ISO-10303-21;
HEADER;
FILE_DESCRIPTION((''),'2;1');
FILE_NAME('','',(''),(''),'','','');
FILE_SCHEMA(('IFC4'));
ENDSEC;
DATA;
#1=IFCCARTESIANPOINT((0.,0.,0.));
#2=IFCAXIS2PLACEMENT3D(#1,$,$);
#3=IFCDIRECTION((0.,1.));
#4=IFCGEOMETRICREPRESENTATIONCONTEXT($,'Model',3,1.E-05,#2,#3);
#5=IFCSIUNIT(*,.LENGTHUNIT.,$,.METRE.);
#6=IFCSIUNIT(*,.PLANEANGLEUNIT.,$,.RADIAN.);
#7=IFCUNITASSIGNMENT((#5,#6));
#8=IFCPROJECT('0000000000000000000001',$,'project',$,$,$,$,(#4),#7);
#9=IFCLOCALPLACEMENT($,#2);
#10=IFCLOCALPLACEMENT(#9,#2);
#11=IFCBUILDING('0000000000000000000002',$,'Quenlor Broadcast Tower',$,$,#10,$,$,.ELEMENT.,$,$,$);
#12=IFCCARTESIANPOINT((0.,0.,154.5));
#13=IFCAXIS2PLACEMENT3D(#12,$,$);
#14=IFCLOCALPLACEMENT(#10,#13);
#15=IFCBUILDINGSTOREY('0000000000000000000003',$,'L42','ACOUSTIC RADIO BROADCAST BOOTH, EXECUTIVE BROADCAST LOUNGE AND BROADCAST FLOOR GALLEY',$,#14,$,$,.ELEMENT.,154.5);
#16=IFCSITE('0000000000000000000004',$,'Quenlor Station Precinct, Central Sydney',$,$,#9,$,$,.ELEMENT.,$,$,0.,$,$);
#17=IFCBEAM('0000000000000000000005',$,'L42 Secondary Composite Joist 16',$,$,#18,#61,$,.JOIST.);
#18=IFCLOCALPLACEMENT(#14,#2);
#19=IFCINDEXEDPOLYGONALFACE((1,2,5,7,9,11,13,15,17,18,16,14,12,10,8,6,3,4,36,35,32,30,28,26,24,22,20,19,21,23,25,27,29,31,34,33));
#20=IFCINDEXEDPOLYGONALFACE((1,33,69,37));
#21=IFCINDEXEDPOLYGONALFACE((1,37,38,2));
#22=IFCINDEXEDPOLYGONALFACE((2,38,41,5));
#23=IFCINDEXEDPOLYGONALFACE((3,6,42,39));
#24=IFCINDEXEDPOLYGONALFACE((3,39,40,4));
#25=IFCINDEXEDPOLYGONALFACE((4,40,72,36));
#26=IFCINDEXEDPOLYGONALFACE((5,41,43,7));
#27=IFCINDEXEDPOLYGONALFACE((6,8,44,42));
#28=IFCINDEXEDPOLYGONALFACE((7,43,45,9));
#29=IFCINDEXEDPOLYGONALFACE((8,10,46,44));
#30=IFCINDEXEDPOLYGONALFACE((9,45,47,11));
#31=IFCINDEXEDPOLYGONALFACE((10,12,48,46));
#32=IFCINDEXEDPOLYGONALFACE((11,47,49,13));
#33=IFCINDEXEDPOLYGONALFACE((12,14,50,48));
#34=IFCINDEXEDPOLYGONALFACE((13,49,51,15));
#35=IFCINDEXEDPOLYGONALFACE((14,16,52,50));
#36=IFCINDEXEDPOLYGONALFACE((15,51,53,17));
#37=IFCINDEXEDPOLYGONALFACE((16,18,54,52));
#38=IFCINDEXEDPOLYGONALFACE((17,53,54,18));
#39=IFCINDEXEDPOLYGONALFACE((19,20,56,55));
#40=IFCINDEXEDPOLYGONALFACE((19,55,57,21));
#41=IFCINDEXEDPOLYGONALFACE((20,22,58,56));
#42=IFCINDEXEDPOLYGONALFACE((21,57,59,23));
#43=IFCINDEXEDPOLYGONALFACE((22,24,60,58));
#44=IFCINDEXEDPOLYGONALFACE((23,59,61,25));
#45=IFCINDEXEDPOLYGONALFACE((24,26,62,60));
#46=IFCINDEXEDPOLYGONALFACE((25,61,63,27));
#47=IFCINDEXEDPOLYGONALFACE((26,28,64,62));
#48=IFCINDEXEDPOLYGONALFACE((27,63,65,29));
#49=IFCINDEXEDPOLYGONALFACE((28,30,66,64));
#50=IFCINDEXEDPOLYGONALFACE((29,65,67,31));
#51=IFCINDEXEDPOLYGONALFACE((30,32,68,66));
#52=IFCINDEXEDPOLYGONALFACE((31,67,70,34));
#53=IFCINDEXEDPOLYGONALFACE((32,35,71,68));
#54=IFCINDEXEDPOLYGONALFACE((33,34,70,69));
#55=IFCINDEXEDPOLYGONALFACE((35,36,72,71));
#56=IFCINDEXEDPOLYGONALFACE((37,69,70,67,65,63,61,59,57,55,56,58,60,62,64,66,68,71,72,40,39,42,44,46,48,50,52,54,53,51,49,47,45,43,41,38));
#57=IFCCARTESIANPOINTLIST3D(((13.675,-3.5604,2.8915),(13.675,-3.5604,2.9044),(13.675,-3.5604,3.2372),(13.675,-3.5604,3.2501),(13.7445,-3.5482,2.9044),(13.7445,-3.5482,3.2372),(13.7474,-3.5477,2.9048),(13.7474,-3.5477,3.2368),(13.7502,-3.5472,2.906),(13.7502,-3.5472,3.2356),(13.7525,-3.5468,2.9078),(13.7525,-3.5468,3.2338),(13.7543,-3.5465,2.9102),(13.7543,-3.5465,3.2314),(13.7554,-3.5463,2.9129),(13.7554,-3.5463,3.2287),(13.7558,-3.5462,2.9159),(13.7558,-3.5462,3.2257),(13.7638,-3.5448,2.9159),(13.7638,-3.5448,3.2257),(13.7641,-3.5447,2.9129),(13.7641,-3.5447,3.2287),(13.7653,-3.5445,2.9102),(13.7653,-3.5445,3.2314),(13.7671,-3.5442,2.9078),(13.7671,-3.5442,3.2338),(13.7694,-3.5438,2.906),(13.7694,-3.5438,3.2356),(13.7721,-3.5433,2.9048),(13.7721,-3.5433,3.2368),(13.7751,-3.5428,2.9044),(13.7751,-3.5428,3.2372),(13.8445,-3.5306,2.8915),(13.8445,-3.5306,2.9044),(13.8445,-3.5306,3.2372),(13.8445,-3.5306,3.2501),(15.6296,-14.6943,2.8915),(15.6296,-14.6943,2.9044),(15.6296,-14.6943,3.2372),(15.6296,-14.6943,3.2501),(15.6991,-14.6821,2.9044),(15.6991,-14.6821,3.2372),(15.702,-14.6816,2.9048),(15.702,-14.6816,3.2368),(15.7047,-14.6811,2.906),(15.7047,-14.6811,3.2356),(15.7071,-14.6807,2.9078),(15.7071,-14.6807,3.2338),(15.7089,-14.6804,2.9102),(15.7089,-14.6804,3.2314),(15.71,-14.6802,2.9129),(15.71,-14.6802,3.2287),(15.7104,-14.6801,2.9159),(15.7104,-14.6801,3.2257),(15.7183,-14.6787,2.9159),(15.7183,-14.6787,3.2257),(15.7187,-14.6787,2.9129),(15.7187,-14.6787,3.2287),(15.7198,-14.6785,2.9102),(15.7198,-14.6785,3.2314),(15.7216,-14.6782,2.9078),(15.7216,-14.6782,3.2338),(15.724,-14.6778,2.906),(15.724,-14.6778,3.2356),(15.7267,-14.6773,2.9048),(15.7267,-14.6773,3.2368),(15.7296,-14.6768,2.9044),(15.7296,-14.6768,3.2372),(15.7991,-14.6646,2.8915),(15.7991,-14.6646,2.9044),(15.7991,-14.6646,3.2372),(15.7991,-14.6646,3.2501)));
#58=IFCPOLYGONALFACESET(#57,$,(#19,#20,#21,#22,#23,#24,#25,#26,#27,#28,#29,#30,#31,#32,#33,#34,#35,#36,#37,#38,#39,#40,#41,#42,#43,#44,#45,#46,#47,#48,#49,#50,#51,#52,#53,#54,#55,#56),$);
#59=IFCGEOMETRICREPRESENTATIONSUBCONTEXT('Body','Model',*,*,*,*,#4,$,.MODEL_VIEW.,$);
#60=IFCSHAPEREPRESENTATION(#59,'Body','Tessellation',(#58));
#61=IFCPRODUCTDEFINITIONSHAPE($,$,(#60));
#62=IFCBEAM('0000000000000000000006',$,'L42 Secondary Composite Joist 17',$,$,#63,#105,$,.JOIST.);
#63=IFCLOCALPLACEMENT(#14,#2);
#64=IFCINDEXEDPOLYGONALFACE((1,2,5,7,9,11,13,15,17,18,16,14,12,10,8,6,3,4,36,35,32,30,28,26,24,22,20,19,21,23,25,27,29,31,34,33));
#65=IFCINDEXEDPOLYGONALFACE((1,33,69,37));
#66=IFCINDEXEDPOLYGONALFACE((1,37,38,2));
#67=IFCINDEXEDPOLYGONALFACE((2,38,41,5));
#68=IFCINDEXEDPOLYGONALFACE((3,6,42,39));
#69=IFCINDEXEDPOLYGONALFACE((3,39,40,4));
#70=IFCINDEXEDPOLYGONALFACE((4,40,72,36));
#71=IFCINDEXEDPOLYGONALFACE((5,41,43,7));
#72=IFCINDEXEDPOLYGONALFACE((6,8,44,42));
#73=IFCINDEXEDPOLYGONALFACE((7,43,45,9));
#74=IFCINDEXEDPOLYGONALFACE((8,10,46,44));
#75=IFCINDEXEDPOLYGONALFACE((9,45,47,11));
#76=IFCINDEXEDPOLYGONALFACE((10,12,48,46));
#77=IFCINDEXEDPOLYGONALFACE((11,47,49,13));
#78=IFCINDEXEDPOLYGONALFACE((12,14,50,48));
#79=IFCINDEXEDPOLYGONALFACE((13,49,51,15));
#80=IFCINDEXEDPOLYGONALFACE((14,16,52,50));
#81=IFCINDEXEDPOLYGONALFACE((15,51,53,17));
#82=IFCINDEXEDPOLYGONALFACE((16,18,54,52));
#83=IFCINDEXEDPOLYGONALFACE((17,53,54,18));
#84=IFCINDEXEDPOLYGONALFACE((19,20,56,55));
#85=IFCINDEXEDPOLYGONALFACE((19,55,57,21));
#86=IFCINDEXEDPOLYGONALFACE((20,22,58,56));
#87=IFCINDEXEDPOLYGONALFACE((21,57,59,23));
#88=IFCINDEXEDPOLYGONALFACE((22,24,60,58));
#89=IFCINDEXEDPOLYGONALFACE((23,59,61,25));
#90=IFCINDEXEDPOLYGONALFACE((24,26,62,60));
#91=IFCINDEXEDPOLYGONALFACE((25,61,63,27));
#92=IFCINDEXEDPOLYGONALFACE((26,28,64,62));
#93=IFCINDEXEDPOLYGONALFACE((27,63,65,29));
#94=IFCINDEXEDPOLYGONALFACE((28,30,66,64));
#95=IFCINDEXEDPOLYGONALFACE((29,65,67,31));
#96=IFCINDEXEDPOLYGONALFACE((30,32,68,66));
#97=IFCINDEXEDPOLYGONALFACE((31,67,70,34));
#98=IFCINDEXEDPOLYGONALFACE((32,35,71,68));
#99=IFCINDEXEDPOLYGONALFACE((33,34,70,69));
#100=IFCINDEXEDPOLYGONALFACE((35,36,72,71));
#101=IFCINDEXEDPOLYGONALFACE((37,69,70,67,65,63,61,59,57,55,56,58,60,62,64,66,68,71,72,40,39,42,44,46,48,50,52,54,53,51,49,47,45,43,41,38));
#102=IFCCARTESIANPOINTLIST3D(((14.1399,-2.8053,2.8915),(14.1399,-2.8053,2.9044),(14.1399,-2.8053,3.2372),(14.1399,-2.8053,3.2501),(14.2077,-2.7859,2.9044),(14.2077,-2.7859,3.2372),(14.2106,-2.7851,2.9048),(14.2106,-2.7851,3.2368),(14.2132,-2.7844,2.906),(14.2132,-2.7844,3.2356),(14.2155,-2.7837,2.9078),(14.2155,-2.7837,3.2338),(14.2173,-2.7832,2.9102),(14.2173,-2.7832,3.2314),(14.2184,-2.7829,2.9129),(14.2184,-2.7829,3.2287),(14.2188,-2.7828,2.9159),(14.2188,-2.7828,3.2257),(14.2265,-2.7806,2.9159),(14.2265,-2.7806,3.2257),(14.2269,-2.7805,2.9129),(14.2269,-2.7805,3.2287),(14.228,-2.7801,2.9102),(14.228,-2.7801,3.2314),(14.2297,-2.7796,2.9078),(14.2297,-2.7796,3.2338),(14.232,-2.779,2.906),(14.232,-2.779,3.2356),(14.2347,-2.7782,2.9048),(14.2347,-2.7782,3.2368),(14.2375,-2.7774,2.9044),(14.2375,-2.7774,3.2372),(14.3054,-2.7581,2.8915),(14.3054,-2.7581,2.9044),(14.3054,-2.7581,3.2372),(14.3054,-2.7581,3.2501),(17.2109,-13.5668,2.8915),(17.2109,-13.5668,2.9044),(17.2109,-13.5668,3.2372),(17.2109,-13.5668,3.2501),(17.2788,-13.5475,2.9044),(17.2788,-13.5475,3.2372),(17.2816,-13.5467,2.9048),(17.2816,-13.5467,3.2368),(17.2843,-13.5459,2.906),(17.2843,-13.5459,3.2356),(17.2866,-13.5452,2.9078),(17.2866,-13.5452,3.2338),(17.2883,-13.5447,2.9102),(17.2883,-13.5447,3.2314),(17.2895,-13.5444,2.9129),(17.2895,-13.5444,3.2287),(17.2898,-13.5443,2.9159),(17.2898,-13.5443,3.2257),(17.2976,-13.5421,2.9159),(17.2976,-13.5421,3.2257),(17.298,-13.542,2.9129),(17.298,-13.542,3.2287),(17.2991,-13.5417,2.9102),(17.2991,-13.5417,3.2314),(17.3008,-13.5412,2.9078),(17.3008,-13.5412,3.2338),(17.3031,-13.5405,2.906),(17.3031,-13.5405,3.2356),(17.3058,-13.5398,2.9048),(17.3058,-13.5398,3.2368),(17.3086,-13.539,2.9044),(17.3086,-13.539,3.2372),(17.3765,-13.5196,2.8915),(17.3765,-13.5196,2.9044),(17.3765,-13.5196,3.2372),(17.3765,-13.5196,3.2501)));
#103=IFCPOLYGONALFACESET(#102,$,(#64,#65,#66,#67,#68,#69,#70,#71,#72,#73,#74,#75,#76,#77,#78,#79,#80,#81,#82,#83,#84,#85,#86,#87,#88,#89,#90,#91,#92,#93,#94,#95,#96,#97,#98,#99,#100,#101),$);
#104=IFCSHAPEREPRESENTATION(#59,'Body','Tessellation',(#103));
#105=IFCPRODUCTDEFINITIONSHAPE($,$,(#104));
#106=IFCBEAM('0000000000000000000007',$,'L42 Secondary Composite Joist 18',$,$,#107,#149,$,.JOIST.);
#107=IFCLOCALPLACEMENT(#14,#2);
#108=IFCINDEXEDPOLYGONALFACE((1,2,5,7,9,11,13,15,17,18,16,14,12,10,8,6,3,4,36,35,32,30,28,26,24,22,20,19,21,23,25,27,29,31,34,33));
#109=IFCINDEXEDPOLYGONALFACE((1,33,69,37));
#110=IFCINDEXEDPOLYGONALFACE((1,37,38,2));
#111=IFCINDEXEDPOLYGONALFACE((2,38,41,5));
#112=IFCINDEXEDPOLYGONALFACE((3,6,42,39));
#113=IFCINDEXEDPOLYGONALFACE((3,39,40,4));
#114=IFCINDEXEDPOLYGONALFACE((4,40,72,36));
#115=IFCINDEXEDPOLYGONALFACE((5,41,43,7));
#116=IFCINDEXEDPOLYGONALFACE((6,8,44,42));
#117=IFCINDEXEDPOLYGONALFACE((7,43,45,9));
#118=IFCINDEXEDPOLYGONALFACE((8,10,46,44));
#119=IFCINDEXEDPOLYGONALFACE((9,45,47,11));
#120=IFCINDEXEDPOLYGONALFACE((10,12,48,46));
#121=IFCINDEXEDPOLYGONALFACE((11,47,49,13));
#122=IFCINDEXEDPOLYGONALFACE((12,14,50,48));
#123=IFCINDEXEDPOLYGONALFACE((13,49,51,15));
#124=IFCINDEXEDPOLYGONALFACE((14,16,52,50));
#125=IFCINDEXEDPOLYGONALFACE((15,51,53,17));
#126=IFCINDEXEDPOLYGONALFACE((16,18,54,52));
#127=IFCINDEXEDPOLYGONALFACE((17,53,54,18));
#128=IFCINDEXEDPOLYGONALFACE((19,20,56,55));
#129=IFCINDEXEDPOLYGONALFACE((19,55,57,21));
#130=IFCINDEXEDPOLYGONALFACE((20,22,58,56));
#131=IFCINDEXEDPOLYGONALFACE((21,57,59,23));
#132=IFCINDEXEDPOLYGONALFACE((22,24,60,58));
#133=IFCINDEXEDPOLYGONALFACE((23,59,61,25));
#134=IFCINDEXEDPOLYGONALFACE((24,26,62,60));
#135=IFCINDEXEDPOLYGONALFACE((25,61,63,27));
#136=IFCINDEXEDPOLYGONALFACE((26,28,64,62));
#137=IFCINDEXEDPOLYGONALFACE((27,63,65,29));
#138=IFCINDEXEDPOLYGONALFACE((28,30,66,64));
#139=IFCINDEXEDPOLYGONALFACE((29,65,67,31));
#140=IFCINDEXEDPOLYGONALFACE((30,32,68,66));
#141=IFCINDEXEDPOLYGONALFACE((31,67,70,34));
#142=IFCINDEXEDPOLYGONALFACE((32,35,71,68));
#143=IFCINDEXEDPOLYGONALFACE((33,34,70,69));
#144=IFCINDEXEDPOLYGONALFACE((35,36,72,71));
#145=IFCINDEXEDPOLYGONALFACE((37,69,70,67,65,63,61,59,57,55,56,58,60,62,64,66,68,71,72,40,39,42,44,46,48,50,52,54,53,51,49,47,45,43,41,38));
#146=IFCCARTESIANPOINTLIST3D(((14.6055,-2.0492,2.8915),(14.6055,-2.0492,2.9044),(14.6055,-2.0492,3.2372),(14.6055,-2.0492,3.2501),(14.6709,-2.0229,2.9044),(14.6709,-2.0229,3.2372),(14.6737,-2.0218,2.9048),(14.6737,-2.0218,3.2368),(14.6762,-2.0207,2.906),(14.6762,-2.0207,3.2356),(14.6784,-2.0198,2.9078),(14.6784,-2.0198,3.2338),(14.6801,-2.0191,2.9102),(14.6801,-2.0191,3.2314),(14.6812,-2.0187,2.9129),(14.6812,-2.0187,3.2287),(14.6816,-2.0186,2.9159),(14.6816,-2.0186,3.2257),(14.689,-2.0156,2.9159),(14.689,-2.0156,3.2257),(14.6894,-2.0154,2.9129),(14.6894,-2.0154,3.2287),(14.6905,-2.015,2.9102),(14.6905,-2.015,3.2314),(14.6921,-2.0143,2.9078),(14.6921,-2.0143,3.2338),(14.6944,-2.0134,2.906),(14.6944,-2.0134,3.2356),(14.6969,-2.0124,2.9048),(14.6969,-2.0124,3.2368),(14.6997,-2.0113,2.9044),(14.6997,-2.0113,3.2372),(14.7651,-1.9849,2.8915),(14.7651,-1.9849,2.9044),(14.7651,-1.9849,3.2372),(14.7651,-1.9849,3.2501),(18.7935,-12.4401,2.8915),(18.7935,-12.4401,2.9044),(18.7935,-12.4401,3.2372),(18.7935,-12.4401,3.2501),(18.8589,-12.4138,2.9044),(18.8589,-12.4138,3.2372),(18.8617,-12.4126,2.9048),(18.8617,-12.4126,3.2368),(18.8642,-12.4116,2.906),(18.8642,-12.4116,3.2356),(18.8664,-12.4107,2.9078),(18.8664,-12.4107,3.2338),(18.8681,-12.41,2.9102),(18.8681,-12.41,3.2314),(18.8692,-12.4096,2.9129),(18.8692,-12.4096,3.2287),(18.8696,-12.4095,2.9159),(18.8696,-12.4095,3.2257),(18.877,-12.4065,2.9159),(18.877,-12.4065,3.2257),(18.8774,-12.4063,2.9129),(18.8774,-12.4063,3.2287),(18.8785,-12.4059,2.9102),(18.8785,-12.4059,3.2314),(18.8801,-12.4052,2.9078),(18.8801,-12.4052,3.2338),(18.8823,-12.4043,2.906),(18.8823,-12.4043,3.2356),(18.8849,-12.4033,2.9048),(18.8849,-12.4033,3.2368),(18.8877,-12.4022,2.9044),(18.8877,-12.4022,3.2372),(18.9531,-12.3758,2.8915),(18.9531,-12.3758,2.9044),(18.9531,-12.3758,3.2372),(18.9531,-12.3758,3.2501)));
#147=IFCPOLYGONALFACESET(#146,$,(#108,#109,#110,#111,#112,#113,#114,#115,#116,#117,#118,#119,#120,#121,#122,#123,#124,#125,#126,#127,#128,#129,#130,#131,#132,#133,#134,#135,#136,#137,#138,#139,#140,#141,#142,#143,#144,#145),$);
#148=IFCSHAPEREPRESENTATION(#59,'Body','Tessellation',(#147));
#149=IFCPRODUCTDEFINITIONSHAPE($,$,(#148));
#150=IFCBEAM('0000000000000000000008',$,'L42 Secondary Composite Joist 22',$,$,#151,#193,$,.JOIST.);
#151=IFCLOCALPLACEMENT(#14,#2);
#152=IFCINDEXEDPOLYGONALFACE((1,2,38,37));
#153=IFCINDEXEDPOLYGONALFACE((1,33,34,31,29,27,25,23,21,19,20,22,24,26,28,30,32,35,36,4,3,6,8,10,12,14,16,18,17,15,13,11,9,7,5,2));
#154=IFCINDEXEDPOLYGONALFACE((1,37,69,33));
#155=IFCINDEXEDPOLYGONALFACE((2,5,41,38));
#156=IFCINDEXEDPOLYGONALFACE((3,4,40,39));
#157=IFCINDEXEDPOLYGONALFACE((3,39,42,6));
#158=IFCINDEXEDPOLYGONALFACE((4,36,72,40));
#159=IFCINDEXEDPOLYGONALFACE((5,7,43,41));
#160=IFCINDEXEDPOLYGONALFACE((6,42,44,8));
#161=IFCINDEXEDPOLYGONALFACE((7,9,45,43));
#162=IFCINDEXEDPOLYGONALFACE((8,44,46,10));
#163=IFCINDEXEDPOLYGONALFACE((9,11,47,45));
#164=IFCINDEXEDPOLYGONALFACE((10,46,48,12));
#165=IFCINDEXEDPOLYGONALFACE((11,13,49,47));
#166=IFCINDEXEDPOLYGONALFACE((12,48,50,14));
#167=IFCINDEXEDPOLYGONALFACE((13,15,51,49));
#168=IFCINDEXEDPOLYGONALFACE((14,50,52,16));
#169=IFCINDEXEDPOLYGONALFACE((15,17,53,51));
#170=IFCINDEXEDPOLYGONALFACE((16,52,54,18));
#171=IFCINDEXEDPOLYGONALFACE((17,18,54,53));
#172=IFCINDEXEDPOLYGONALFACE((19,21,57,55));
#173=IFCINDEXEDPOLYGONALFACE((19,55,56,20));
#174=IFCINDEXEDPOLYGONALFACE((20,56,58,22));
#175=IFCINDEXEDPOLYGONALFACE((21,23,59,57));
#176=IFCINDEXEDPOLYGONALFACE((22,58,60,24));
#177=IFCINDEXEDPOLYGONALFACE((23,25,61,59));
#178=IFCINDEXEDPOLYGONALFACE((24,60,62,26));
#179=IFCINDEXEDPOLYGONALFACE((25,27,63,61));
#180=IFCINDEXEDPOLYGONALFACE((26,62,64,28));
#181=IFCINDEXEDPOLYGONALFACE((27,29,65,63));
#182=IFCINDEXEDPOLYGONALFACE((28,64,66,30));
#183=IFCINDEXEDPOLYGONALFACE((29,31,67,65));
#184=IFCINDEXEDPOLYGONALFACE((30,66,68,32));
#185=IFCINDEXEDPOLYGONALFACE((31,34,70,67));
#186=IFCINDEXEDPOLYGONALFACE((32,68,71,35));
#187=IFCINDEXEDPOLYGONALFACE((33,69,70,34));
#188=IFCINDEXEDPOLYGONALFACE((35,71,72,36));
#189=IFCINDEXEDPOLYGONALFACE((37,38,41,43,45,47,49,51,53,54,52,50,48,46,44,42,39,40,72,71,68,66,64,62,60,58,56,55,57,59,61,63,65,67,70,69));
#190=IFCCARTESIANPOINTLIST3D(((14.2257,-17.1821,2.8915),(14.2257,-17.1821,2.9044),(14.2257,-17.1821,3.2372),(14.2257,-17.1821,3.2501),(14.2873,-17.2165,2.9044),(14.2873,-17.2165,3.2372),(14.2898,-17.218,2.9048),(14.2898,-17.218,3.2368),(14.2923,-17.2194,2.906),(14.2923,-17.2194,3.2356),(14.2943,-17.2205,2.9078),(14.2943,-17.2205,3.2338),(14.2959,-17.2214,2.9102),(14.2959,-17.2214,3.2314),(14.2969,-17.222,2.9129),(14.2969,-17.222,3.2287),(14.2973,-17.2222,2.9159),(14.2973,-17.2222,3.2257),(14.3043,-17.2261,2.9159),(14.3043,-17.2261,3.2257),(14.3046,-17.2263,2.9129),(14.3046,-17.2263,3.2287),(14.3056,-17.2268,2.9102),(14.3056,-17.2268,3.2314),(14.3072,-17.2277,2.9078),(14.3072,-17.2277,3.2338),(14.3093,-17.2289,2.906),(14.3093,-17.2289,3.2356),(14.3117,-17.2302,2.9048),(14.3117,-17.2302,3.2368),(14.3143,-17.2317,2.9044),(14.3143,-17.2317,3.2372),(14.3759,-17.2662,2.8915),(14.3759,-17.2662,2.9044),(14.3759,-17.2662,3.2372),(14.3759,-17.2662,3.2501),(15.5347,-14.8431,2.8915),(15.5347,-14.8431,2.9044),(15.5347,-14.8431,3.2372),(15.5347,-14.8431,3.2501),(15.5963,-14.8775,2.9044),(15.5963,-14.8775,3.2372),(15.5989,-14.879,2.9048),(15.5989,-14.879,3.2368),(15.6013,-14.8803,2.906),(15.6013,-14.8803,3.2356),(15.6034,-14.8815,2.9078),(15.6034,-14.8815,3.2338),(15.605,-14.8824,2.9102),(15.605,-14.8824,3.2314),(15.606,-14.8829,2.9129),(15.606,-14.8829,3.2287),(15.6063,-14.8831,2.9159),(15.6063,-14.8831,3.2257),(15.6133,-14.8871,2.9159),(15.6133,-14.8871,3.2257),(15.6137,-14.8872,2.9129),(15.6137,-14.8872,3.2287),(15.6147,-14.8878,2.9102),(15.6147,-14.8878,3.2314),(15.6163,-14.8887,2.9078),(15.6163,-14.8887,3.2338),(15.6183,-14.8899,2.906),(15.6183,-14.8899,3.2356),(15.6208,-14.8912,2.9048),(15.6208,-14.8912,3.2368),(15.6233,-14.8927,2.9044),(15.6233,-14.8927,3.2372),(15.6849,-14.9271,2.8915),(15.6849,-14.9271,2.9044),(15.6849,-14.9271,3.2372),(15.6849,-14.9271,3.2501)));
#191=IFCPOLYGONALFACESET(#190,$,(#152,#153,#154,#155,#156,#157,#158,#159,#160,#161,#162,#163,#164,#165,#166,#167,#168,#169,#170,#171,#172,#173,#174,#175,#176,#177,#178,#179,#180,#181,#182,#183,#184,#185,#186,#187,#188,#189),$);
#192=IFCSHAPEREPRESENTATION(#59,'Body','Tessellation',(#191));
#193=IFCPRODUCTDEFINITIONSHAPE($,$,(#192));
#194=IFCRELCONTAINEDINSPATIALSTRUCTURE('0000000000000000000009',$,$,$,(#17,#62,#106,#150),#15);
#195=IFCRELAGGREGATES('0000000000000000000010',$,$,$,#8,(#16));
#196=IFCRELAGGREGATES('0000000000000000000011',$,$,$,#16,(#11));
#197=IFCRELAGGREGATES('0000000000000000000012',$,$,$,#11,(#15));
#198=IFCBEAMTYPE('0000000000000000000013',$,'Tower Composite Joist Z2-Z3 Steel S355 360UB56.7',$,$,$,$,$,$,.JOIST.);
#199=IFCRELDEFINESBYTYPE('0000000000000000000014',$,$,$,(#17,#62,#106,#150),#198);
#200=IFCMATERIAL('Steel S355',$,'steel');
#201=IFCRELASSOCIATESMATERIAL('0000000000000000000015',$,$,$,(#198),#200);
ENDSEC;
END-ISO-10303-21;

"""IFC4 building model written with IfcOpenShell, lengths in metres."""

from ifc_helpers import new_model, si_unit, direction, frame, origin, origin_2d, place, context, subcontext, project, spatial, i_section, extrude, material, material_profile, profile_set, type_object, element, save


model = new_model("IFC4")

# Units and contexts
model_context = context("Model", 3, precision=1e-05, world=origin(), true_north=direction((0.0, 1.0)))
body_context = subcontext(model_context, "Body", "Model", "MODEL_VIEW")
ifc_project = project(units=[si_unit("LENGTHUNIT", "METRE"), si_unit("PLANEANGLEUNIT", "RADIAN")], contexts=[model_context])

# Site, building, storey
site_placement = place(None, origin())
site = spatial("IfcSite", under=ifc_project, at=site_placement, Name="Quenlor Station Precinct, Central Sydney", CompositionType="ELEMENT", RefElevation=0.0)
building_placement = place(site_placement, origin())
building = spatial("IfcBuilding", under=site, at=building_placement, Name="Quenlor Broadcast Tower", CompositionType="ELEMENT")
storey_placement = place(building_placement, frame((0.0, 0.0, 154.5)))
storey = spatial("IfcBuildingStorey", under=building, at=storey_placement, Name="L42", Description="ACOUSTIC RADIO BROADCAST BOOTH, EXECUTIVE BROADCAST LOUNGE AND BROADCAST FLOOR GALLEY", CompositionType="ELEMENT", Elevation=154.5)

# Beams
ifc_material_1 = material(Name="Steel S355", Category="steel")
ifc_material_profile_1 = material_profile(ifc_material_1, i_section(OverallWidth=0.1721, OverallDepth=0.3586, WebThickness=0.0081, FlangeThickness=0.0129, FilletRadius=0.0115, at=origin_2d()))
ifc_profile_set_1 = profile_set([ifc_material_profile_1], Name="Steel S355 360UB56.7")
beam_type_1 = type_object("IfcBeamType", Name="Tower Composite Joist Z2-Z3 Steel S355 360UB56.7", PredefinedType="JOIST", material=ifc_profile_set_1)
beam_1_placement = place(storey_placement, frame((15.7144, -14.6794, 3.0708), z_axis=(-0.172907, 0.984938, 0.0), x_axis=(-0.984938, -0.172907, 0.0)))
element("IfcBeam", 1, at=beam_1_placement, inside=storey, type_object=beam_type_1, Name="L42 Secondary Composite Joist 16", PredefinedType="JOIST", context=body_context, shape_type="SweptSolid", body=[
    extrude(i_section(OverallWidth=0.1721, OverallDepth=0.3586, WebThickness=0.0081, FlangeThickness=0.0129, FilletRadius=0.0115, at=origin_2d()), origin(), (0.0, 0.0, 1.0), 11.3042),
])
beam_2_placement = place(storey_placement, frame((17.2937, -13.5432, 3.0708), z_axis=(-0.274419, 0.96161, 0.0), x_axis=(-0.96161, -0.274419, 0.0)))
element("IfcBeam", 2, at=beam_2_placement, inside=storey, type_object=beam_type_1, Name="L42 Secondary Composite Joist 17", PredefinedType="JOIST", context=body_context, shape_type="SweptSolid", body=[
    extrude(i_section(OverallWidth=0.1721, OverallDepth=0.3586, WebThickness=0.0081, FlangeThickness=0.0129, FilletRadius=0.0115, at=origin_2d()), origin(), (0.0, 0.0, 1.0), 11.1912),
])
beam_3_placement = place(storey_placement, frame((18.8733, -12.408, 3.0708), z_axis=(-0.373824, 0.9275, 0.0), x_axis=(-0.9275, -0.373824, 0.0)))
element("IfcBeam", 3, at=beam_3_placement, inside=storey, type_object=beam_type_1, Name="L42 Secondary Composite Joist 18", PredefinedType="JOIST", context=body_context, shape_type="SweptSolid", body=[
    extrude(i_section(OverallWidth=0.1721, OverallDepth=0.3586, WebThickness=0.0081, FlangeThickness=0.0129, FilletRadius=0.0115, at=origin_2d()), origin(), (0.0, 0.0, 1.0), 11.2031),
])
beam_4_placement = place(storey_placement, frame((14.3008, -17.2241, 3.0708), z_axis=(0.48837, 0.872636, 0.0), x_axis=(-0.872636, 0.48837, 0.0)))
element("IfcBeam", 4, at=beam_4_placement, inside=storey, type_object=beam_type_1, Name="L42 Secondary Composite Joist 22", PredefinedType="JOIST", context=body_context, shape_type="SweptSolid", body=[
    extrude(i_section(OverallWidth=0.1721, OverallDepth=0.3586, WebThickness=0.0081, FlangeThickness=0.0129, FilletRadius=0.0115, at=origin_2d()), origin(), (0.0, 0.0, 1.0), 2.6804),
])

save(model, "model.ifc")
